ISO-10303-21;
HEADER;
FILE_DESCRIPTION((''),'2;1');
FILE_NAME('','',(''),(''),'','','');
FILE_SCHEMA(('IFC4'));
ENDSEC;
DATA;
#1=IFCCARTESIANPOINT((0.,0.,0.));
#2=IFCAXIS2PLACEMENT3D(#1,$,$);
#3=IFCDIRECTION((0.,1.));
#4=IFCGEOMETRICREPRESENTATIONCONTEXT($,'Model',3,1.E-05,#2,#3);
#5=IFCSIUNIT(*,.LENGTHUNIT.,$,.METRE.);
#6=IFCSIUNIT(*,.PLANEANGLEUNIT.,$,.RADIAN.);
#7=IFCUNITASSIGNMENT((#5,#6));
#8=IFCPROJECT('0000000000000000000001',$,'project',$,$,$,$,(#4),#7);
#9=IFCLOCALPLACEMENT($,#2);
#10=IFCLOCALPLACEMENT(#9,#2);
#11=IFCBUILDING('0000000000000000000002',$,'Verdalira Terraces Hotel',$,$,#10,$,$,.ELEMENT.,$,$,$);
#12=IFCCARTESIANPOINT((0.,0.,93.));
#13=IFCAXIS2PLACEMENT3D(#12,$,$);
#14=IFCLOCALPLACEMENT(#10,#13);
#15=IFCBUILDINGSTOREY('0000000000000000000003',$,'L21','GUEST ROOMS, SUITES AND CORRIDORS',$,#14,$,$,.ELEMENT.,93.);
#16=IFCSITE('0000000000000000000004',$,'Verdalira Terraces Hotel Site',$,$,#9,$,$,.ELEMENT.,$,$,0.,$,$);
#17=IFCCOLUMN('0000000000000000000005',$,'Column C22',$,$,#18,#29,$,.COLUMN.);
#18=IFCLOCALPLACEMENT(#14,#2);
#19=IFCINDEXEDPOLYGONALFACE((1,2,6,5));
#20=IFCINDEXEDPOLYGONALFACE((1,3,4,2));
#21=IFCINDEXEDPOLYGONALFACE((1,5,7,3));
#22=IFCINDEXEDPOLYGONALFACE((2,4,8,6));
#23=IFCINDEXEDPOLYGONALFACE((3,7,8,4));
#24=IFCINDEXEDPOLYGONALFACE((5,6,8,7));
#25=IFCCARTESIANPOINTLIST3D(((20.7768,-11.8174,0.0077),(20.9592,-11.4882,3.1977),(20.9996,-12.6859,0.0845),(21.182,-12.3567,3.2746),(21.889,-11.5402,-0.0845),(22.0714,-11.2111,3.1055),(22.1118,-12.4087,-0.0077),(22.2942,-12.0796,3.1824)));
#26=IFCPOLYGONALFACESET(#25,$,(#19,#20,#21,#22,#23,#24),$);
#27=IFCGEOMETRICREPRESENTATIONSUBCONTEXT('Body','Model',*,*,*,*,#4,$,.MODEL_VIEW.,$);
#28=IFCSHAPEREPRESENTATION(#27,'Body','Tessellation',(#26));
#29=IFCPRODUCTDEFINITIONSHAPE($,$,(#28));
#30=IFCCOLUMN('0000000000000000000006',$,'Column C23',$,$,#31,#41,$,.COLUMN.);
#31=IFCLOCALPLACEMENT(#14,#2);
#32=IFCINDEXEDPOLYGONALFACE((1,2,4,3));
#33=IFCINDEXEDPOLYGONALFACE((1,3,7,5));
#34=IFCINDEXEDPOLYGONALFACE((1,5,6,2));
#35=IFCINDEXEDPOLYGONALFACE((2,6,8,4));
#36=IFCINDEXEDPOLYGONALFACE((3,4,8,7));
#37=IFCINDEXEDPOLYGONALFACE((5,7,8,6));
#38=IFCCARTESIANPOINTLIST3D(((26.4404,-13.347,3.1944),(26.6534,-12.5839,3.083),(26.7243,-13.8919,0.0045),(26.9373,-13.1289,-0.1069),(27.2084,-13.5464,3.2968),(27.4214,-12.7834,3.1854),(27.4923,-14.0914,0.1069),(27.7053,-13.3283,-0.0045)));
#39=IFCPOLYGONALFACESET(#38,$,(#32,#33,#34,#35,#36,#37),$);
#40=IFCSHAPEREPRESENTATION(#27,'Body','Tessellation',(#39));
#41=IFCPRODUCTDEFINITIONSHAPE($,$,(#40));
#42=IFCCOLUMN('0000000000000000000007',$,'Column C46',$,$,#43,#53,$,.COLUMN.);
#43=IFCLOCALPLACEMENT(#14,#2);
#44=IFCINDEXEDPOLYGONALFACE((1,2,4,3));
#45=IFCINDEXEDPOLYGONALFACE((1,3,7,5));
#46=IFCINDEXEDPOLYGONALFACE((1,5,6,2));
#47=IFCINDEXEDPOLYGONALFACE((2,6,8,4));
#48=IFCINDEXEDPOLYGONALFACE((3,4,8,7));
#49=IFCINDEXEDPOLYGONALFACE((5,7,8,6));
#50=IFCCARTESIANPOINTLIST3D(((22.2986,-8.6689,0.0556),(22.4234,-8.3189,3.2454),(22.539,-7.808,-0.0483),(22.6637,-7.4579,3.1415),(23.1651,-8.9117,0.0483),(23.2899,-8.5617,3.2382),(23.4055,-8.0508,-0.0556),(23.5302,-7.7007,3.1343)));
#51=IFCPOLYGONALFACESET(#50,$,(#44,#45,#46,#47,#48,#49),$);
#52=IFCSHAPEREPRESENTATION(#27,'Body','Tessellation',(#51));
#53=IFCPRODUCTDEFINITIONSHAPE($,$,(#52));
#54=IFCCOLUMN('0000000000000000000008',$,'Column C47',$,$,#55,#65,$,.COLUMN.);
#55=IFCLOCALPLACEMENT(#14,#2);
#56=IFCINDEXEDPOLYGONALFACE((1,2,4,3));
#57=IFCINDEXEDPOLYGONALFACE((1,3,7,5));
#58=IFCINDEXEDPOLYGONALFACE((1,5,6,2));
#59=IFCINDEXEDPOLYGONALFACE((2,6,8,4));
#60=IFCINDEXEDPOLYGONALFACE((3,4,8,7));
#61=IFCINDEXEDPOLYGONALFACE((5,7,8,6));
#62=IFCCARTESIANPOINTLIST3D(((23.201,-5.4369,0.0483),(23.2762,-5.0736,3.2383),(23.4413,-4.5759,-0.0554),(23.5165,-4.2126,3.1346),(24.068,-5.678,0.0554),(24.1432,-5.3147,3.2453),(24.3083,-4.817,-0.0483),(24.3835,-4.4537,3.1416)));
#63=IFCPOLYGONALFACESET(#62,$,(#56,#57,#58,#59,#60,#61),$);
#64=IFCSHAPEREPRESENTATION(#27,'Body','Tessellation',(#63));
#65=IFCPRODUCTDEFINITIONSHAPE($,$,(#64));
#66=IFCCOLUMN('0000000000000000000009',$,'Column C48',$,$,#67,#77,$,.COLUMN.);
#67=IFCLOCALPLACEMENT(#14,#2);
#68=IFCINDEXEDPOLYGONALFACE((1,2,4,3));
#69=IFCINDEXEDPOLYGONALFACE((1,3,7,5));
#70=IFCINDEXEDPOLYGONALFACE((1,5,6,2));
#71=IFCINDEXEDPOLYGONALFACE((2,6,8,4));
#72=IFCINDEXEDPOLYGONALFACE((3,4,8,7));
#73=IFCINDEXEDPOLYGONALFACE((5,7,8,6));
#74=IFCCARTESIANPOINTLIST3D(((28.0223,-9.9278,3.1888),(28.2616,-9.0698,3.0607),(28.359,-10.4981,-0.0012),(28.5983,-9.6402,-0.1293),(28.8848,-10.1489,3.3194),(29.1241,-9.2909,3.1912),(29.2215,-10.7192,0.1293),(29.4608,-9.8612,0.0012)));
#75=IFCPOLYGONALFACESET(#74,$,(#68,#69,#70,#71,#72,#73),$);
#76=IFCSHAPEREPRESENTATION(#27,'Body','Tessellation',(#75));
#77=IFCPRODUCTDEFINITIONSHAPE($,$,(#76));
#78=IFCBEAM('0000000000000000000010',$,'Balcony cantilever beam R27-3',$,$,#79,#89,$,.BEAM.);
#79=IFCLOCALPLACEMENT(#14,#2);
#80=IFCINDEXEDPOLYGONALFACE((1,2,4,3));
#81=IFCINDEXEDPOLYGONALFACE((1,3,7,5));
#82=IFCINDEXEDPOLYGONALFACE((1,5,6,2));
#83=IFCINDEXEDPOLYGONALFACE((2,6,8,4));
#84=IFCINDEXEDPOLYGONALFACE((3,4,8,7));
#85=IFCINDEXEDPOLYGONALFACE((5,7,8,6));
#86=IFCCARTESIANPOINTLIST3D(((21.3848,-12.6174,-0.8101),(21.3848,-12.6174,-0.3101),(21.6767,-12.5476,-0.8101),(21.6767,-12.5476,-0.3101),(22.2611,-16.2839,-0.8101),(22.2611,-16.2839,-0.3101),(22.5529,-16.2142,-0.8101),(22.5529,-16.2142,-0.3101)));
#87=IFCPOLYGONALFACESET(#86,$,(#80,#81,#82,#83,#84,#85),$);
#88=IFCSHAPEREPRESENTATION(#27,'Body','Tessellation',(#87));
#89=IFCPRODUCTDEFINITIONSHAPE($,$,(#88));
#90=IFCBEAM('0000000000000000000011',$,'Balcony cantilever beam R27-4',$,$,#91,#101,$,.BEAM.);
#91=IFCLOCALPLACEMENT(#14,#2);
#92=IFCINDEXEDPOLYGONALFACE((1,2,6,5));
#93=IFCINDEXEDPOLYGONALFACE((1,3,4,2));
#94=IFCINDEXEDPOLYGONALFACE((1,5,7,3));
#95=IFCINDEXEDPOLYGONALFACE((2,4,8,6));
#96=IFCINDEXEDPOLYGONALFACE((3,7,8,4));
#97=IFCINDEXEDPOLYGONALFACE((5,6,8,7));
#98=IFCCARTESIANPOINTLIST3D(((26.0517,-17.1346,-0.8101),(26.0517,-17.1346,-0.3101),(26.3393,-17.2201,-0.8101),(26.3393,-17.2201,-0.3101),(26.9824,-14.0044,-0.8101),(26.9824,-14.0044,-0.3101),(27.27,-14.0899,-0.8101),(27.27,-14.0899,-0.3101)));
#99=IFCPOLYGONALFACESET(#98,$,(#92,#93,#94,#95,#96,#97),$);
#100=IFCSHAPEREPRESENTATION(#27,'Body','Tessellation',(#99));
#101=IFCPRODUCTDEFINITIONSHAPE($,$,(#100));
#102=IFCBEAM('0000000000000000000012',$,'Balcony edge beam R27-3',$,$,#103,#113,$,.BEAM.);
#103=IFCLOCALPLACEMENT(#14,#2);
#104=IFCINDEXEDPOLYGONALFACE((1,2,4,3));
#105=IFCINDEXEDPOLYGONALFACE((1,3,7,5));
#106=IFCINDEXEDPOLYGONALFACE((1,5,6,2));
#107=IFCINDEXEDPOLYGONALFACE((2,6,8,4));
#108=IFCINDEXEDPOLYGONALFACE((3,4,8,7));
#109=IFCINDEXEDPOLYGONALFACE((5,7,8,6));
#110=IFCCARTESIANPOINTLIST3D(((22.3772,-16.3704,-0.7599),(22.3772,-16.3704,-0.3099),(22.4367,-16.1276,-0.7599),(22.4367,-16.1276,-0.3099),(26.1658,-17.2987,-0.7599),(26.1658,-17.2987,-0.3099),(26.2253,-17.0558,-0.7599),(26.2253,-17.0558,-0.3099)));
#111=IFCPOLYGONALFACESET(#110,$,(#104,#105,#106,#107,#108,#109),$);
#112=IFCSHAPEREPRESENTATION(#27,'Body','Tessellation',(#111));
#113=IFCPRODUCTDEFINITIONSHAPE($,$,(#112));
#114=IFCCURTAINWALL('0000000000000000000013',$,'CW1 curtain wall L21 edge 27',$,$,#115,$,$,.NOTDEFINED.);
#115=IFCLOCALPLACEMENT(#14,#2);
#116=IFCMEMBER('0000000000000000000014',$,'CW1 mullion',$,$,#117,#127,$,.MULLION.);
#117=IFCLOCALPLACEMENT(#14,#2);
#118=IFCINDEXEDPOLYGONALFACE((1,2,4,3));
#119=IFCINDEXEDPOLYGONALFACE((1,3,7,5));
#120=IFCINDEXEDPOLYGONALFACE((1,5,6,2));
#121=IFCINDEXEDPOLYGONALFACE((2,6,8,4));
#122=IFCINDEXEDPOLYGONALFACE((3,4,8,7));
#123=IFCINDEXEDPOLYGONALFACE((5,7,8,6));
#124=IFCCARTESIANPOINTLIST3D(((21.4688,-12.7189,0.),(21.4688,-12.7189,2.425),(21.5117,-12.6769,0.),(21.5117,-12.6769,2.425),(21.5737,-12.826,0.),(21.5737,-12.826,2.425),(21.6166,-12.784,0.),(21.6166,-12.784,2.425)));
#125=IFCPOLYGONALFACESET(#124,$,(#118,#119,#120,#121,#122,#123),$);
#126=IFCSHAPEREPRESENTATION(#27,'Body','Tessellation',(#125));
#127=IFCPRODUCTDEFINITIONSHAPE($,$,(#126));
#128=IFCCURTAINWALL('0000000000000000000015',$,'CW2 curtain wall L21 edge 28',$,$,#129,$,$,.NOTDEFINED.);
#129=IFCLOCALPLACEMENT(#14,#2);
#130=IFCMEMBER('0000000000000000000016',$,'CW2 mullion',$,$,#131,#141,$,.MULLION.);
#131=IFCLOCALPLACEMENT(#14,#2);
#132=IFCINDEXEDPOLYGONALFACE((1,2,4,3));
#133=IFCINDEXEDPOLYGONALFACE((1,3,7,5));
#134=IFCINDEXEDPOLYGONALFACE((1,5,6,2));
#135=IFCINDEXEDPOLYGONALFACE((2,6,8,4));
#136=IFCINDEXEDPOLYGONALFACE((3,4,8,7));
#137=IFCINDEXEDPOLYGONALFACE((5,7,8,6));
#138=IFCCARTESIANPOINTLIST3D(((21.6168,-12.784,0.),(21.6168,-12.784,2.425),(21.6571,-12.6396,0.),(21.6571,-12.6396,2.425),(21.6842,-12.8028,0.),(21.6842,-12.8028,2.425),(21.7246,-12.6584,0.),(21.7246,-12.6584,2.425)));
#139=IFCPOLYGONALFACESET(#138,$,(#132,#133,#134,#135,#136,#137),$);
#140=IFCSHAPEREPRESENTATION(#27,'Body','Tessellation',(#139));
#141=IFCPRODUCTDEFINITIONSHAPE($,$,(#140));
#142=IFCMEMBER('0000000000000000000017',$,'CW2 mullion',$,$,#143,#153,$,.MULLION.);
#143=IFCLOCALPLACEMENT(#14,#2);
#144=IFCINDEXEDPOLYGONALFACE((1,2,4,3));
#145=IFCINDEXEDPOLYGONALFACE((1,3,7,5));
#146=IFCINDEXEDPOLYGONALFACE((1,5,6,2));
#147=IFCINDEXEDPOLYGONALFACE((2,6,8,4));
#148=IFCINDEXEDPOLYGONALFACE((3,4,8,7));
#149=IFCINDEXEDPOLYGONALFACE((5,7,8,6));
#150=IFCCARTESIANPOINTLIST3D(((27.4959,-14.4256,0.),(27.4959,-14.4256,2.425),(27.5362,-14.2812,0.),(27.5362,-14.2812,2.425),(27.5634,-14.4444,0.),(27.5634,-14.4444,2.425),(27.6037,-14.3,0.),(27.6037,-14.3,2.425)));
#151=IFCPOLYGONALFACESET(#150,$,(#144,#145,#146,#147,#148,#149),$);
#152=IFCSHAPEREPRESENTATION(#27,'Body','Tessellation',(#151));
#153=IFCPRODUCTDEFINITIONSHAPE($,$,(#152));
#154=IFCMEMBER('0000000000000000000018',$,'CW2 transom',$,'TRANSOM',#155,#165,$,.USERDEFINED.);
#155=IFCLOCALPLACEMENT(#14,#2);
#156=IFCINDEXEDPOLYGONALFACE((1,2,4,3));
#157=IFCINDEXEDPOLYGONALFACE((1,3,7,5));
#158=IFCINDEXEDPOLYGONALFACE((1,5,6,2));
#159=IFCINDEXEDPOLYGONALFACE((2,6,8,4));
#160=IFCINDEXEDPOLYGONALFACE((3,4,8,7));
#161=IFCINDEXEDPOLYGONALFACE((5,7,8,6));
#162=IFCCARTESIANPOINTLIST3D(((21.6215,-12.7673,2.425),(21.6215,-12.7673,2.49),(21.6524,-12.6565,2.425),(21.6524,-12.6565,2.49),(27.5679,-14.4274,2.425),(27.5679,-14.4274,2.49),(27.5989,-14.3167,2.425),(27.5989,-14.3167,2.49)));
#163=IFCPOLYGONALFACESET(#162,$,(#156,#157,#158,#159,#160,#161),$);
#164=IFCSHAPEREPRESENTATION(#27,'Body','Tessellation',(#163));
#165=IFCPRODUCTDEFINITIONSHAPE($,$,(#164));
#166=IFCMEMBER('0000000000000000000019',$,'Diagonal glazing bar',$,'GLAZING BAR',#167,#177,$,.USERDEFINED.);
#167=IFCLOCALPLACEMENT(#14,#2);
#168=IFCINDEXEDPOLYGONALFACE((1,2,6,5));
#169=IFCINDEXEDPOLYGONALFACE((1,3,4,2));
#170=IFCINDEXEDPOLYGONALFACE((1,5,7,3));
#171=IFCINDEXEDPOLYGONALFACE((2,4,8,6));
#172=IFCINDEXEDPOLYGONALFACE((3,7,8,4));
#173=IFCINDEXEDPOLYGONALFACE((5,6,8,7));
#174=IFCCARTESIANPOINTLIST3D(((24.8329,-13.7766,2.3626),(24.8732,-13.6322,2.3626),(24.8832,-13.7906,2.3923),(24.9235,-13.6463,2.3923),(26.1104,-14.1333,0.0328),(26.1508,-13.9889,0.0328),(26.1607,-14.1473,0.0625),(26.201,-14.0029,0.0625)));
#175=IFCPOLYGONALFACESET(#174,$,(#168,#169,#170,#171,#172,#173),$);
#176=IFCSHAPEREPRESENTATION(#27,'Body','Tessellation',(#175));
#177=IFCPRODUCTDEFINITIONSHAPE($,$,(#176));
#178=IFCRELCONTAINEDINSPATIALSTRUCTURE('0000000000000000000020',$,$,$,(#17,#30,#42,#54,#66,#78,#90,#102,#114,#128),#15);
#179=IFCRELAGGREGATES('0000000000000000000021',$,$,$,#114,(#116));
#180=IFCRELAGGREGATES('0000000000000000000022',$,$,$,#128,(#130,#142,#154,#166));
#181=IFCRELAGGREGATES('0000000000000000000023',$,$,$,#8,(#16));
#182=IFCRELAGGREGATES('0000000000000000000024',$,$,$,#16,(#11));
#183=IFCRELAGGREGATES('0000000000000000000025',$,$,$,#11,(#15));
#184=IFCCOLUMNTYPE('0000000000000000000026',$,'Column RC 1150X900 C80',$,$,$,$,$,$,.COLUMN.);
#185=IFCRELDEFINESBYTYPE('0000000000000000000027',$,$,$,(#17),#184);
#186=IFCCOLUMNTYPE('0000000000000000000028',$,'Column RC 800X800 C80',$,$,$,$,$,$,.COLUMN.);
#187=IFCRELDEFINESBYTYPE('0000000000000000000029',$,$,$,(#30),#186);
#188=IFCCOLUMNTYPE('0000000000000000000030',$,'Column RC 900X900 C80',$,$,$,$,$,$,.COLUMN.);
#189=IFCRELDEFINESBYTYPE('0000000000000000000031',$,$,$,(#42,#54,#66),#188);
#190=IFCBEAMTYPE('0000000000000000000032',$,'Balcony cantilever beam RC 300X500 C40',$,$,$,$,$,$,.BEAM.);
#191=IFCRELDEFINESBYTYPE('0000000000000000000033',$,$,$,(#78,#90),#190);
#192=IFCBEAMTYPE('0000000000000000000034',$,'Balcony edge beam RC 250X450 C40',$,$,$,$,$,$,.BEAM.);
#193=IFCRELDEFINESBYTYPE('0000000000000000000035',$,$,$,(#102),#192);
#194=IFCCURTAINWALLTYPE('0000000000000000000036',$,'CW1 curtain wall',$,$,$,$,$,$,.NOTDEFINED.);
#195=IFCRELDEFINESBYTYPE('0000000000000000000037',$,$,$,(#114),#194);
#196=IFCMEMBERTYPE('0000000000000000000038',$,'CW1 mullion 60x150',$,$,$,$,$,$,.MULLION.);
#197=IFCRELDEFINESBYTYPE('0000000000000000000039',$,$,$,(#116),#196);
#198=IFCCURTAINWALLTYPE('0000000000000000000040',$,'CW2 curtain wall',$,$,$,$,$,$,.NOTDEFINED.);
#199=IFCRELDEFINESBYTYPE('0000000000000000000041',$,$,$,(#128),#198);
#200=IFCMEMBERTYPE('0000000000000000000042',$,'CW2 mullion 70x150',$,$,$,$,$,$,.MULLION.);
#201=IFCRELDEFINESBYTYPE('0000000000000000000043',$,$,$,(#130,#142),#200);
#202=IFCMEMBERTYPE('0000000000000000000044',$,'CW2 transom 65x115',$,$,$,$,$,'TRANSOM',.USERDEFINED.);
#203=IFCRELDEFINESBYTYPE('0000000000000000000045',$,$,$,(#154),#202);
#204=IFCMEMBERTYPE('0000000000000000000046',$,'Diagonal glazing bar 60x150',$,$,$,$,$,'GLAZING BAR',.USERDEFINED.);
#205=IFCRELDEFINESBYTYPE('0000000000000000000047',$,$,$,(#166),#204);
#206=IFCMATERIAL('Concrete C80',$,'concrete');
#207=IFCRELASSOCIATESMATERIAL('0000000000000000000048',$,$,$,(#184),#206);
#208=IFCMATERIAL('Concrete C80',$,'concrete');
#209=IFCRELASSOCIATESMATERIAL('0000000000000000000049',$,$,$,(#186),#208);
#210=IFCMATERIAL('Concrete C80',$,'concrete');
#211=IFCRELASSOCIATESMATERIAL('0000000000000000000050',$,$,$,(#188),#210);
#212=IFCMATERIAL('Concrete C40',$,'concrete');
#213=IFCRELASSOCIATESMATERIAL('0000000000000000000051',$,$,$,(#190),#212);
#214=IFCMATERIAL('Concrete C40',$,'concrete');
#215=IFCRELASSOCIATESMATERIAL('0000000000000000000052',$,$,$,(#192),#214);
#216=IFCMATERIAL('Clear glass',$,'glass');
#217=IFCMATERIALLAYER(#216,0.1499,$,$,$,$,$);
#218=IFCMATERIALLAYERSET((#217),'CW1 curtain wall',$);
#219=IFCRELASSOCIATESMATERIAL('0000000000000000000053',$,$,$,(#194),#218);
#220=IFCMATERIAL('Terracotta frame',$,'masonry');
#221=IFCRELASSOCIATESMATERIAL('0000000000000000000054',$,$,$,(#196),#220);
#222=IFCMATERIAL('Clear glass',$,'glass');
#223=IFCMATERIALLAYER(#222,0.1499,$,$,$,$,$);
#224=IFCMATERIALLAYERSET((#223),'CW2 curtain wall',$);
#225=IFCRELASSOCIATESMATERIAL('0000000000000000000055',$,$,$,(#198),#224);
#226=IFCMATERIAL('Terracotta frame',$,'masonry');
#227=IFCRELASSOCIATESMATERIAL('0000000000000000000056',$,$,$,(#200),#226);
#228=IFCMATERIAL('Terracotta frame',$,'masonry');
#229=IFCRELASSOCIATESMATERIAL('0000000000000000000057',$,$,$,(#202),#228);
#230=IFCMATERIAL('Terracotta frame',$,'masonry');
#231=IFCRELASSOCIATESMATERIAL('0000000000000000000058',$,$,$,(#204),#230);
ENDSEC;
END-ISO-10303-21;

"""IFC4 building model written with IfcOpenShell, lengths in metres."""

from ifc_helpers import new_model, si_unit, direction, frame, origin, origin_2d, place, context, subcontext, project, spatial, rectangle, extrude, material, layer, layer_set, material_profile, profile_set, type_object, element, aggregate, save


model = new_model("IFC4")

# Units and contexts
model_context = context("Model", 3, precision=1e-05, world=origin(), true_north=direction((0.0, 1.0)))
body_context = subcontext(model_context, "Body", "Model", "MODEL_VIEW")
ifc_project = project(units=[si_unit("LENGTHUNIT", "METRE"), si_unit("PLANEANGLEUNIT", "RADIAN")], contexts=[model_context])

# Site, building, storey
site_placement = place(None, origin())
site = spatial("IfcSite", under=ifc_project, at=site_placement, Name="Verdalira Terraces Hotel Site", CompositionType="ELEMENT", RefElevation=0.0)
building_placement = place(site_placement, origin())
building = spatial("IfcBuilding", under=site, at=building_placement, Name="Verdalira Terraces Hotel", CompositionType="ELEMENT")
storey_placement = place(building_placement, frame((0.0, 0.0, 93.0)))
storey = spatial("IfcBuildingStorey", under=building, at=storey_placement, Name="L21", Description="GUEST ROOMS, SUITES AND CORRIDORS", CompositionType="ELEMENT", Elevation=93.0)

# Columns
ifc_material_1 = material(Name="Concrete C80", Category="concrete")
ifc_material_profile_1 = material_profile(ifc_material_1, rectangle(XDim=1.1499, YDim=0.8999, at=origin_2d()), Name="RC 1150X900")
ifc_profile_set_1 = profile_set([ifc_material_profile_1], Name="Concrete C80")
column_type_1 = type_object("IfcColumnType", Name="Column RC 1150X900 C80", PredefinedType="COLUMN", material=ifc_profile_set_1)
column_1_placement = place(storey_placement, frame((21.4443, -12.113, 0.0), z_axis=(0.056778, 0.102458, 0.993116), x_axis=(-0.967206, -0.241012, 0.080161)))
element("IfcColumn", 1, at=column_1_placement, inside=storey, type_object=column_type_1, Name="Column C22", PredefinedType="COLUMN", context=body_context, shape_type="SweptSolid", body=[
    extrude(rectangle(XDim=1.1499, YDim=0.8999, at=origin_2d()), origin(), (0.0, 0.0, 1.0), 3.2122),
])
ifc_material_2 = material(Name="Concrete C80", Category="concrete")
ifc_material_profile_2 = material_profile(ifc_material_2, rectangle(XDim=0.8, YDim=0.8, at=origin_2d()), Name="RC 800X800")
ifc_profile_set_2 = profile_set([ifc_material_profile_2], Name="Concrete C80")
column_type_2 = type_object("IfcColumnType", Name="Column RC 800X800 C80", PredefinedType="COLUMN", material=ifc_profile_set_2)
column_2_placement = place(storey_placement, frame((27.2148, -13.6101, 0.0), z_axis=(-0.087403, 0.167741, 0.981949), x_axis=(0.959939, -0.249255, 0.128023)))
element("IfcColumn", 2, at=column_2_placement, inside=storey, type_object=column_type_2, Name="Column C23", PredefinedType="COLUMN", context=body_context, shape_type="SweptSolid", body=[
    extrude(rectangle(XDim=0.8, YDim=0.8, at=origin_2d()), origin(), (0.0, 0.0, 1.0), 3.2485),
])
ifc_material_3 = material(Name="Concrete C80", Category="concrete")
ifc_material_profile_3 = material_profile(ifc_material_3, rectangle(XDim=0.8999, YDim=0.8999, at=origin_2d()), Name="RC 900X900")
ifc_profile_set_3 = profile_set([ifc_material_profile_3], Name="Concrete C80")
column_type_3 = type_object("IfcColumnType", Name="Column RC 900X900 C80", PredefinedType="COLUMN", material=ifc_profile_set_3)
for number, where, z_axis, x_axis, name in (
    (3, (22.8521, -8.3599, 0.0), (0.038846, 0.109013, 0.993281), (0.962881, -0.269807, -0.008046), "Column C46"),
    (4, (23.7546, -5.127, 0.0), (0.023415, 0.113121, 0.993305), (0.963399, -0.267957, 0.007806), "Column C47"),
):
    element("IfcColumn", number, at=place(storey_placement, frame(where, z_axis=z_axis, x_axis=x_axis)), inside=storey, type_object=column_type_3, Name=name, PredefinedType="COLUMN", context=body_context, shape_type="SweptSolid", body=[
        extrude(rectangle(XDim=0.8999, YDim=0.8999, at=origin_2d()), origin(), (0.0, 0.0, 1.0), 3.2114),
    ])
column_3_placement = place(storey_placement, frame((28.9099, -10.1797, 0.0), z_axis=(-0.103338, 0.175052, 0.979121), x_axis=(0.958441, -0.245651, 0.145074)))
element("IfcColumn", 5, at=column_3_placement, inside=storey, type_object=column_type_3, Name="Column C48", PredefinedType="COLUMN", context=body_context, shape_type="SweptSolid", body=[
    extrude(rectangle(XDim=0.8999, YDim=0.8999, at=origin_2d()), origin(), (0.0, 0.0, 1.0), 3.2581),
])

# Beams
ifc_material_4 = material(Name="Concrete C40", Category="concrete")
ifc_material_profile_4 = material_profile(ifc_material_4, rectangle(XDim=0.3, YDim=0.5, at=origin_2d()), Name="RC 300X500")
ifc_profile_set_4 = profile_set([ifc_material_profile_4], Name="Concrete C40")
beam_type_1 = type_object("IfcBeamType", Name="Balcony cantilever beam RC 300X500 C40", PredefinedType="BEAM", material=ifc_profile_set_4)
beam_1_placement = place(storey_placement, frame((21.5308, -12.5825, -0.5601), z_axis=(0.232435, -0.972612, 0.0), x_axis=(0.972612, 0.232435, 0.0)))
element("IfcBeam", 6, at=beam_1_placement, inside=storey, type_object=beam_type_1, Name="Balcony cantilever beam R27-3", PredefinedType="BEAM", context=body_context, shape_type="SweptSolid", body=[
    extrude(rectangle(XDim=0.3, YDim=0.5, at=origin_2d()), origin(), (0.0, 0.0, 1.0), 3.7698),
])
beam_2_placement = place(storey_placement, frame((27.1262, -14.0471, -0.5601), z_axis=(-0.284994, -0.958529, 0.0), x_axis=(0.958529, -0.284994, 0.0)))
element("IfcBeam", 7, at=beam_2_placement, inside=storey, type_object=beam_type_1, Name="Balcony cantilever beam R27-4", PredefinedType="BEAM", context=body_context, shape_type="SweptSolid", body=[
    extrude(rectangle(XDim=0.3, YDim=0.5, at=origin_2d()), origin(), (0.0, 0.0, 1.0), 3.2656),
])
ifc_material_5 = material(Name="Concrete C40", Category="concrete")
ifc_material_profile_5 = material_profile(ifc_material_5, rectangle(XDim=0.25, YDim=0.45, at=origin_2d()), Name="RC 250X450")
ifc_profile_set_5 = profile_set([ifc_material_profile_5], Name="Concrete C40")
beam_type_2 = type_object("IfcBeamType", Name="Balcony edge beam RC 250X450 C40", PredefinedType="BEAM", material=ifc_profile_set_5)
beam_3_placement = place(storey_placement, frame((22.407, -16.249, -0.5349), z_axis=(0.971273, -0.237968, 0.0), x_axis=(0.237968, 0.971273, 0.0)))
element("IfcBeam", 8, at=beam_3_placement, inside=storey, type_object=beam_type_2, Name="Balcony edge beam R27-3", PredefinedType="BEAM", context=body_context, shape_type="SweptSolid", body=[
    extrude(rectangle(XDim=0.25, YDim=0.45, at=origin_2d()), origin(), (0.0, 0.0, 1.0), 3.9006),
])

# Curtain wall, member
ifc_material_6 = material(Name="Clear glass", Category="glass")
ifc_layer_1 = layer(ifc_material_6, 0.1499)
ifc_layer_set_1 = layer_set([ifc_layer_1], Name="CW1 curtain wall")
curtain_wall_type_1 = type_object("IfcCurtainWallType", Name="CW1 curtain wall", PredefinedType="NOTDEFINED", material=ifc_layer_set_1)
curtain_wall_1_placement = place(storey_placement, origin())
curtain_wall_1 = element("IfcCurtainWall", 9, at=curtain_wall_1_placement, inside=storey, type_object=curtain_wall_type_1, Name="CW1 curtain wall L21 edge 27", PredefinedType="NOTDEFINED")
ifc_material_7 = material(Name="Terracotta frame", Category="masonry")
ifc_material_profile_6 = material_profile(ifc_material_7, rectangle(XDim=0.0601, YDim=0.1499, at=origin_2d()), Name="MU 60x150")
ifc_profile_set_6 = profile_set([ifc_material_profile_6], Name="Terracotta frame")
member_type_1 = type_object("IfcMemberType", Name="CW1 mullion 60x150", PredefinedType="MULLION", material=ifc_profile_set_6)
member_1_placement = place(storey_placement, frame((21.5427, -12.7515, 0.0), z_axis=(0.0, 0.0, 1.0), x_axis=(0.714473, 0.699663, 0.0)))
member_1 = element("IfcMember", 10, at=member_1_placement, type_object=member_type_1, Name="CW1 mullion", PredefinedType="MULLION", context=body_context, shape_type="SweptSolid", body=[
    extrude(rectangle(XDim=0.0601, YDim=0.1499, at=origin_2d()), origin(), (0.0, 0.0, 1.0), 2.425),
])

# Curtain wall, members
ifc_material_8 = material(Name="Clear glass", Category="glass")
ifc_layer_2 = layer(ifc_material_8, 0.1499)
ifc_layer_set_2 = layer_set([ifc_layer_2], Name="CW2 curtain wall")
curtain_wall_type_2 = type_object("IfcCurtainWallType", Name="CW2 curtain wall", PredefinedType="NOTDEFINED", material=ifc_layer_set_2)
curtain_wall_2_placement = place(storey_placement, origin())
curtain_wall_2 = element("IfcCurtainWall", 11, at=curtain_wall_2_placement, inside=storey, type_object=curtain_wall_type_2, Name="CW2 curtain wall L21 edge 28", PredefinedType="NOTDEFINED")
ifc_material_9 = material(Name="Terracotta frame", Category="masonry")
ifc_material_profile_7 = material_profile(ifc_material_9, rectangle(XDim=0.0701, YDim=0.1499, at=origin_2d()), Name="MU 70x150")
ifc_profile_set_7 = profile_set([ifc_material_profile_7], Name="Terracotta frame")
member_type_2 = type_object("IfcMemberType", Name="CW2 mullion 70x150", PredefinedType="MULLION", material=ifc_profile_set_7)
member_2_placement = place(storey_placement, frame((21.6707, -12.7212, 0.0), z_axis=(0.0, 0.0, 1.0), x_axis=(0.963163, -0.26892, 0.0)))
member_2 = element("IfcMember", 12, at=member_2_placement, type_object=member_type_2, Name="CW2 mullion", PredefinedType="MULLION", context=body_context, shape_type="SweptSolid", body=[
    extrude(rectangle(XDim=0.0701, YDim=0.1499, at=origin_2d()), origin(), (0.0, 0.0, 1.0), 2.425),
])
member_3_placement = place(storey_placement, frame((27.5498, -14.3628, 0.0), z_axis=(0.0, 0.0, 1.0), x_axis=(0.963163, -0.26892, 0.0)))
member_3 = element("IfcMember", 13, at=member_3_placement, type_object=member_type_2, Name="CW2 mullion", PredefinedType="MULLION", context=body_context, shape_type="SweptSolid", body=[
    extrude(rectangle(XDim=0.0701, YDim=0.1499, at=origin_2d()), origin(), (0.0, 0.0, 1.0), 2.425),
])
ifc_material_10 = material(Name="Terracotta frame", Category="masonry")
ifc_material_profile_8 = material_profile(ifc_material_10, rectangle(XDim=0.115, YDim=0.0649, at=origin_2d()), Name="TR 65x115")
ifc_profile_set_8 = profile_set([ifc_material_profile_8], Name="Terracotta frame")
member_type_3 = type_object("IfcMemberType", Name="CW2 transom 65x115", ElementType="TRANSOM", PredefinedType="USERDEFINED", material=ifc_profile_set_8)
member_4_placement = place(storey_placement, frame((21.637, -12.7119, 2.4575), z_axis=(0.963169, -0.268898, 0.0), x_axis=(0.268898, 0.963169, 0.0)))
member_4 = element("IfcMember", 14, at=member_4_placement, type_object=member_type_3, Name="CW2 transom", ObjectType="TRANSOM", PredefinedType="USERDEFINED", context=body_context, shape_type="SweptSolid", body=[
    extrude(rectangle(XDim=0.115, YDim=0.0649, at=origin_2d()), origin(), (0.0, 0.0, 1.0), 6.1738),
])
ifc_material_11 = material(Name="Terracotta frame", Category="masonry")
ifc_material_profile_9 = material_profile(ifc_material_11, rectangle(XDim=0.1499, YDim=0.0601, at=origin_2d()), Name="GB 60x150")
ifc_profile_set_9 = profile_set([ifc_material_profile_9], Name="Terracotta frame")
member_type_4 = type_object("IfcMemberType", Name="Diagonal glazing bar 60x150", ElementType="GLAZING BAR", PredefinedType="USERDEFINED", material=ifc_profile_set_9)
member_5_placement = place(storey_placement, frame((24.8782, -13.7114, 2.3774), z_axis=(0.47654, -0.133045, -0.869027), x_axis=(0.268906, 0.963166, 0.0)))
member_5 = element("IfcMember", 15, at=member_5_placement, type_object=member_type_4, Name="Diagonal glazing bar", ObjectType="GLAZING BAR", PredefinedType="USERDEFINED", context=body_context, shape_type="SweptSolid", body=[
    extrude(rectangle(XDim=0.1499, YDim=0.0601, at=origin_2d()), origin(), (0.0, 0.0, 1.0), 2.6809),
])

aggregate(curtain_wall_1, [member_1])
aggregate(curtain_wall_2, [member_2, member_3, member_4, member_5])

save(model, "model.ifc")
